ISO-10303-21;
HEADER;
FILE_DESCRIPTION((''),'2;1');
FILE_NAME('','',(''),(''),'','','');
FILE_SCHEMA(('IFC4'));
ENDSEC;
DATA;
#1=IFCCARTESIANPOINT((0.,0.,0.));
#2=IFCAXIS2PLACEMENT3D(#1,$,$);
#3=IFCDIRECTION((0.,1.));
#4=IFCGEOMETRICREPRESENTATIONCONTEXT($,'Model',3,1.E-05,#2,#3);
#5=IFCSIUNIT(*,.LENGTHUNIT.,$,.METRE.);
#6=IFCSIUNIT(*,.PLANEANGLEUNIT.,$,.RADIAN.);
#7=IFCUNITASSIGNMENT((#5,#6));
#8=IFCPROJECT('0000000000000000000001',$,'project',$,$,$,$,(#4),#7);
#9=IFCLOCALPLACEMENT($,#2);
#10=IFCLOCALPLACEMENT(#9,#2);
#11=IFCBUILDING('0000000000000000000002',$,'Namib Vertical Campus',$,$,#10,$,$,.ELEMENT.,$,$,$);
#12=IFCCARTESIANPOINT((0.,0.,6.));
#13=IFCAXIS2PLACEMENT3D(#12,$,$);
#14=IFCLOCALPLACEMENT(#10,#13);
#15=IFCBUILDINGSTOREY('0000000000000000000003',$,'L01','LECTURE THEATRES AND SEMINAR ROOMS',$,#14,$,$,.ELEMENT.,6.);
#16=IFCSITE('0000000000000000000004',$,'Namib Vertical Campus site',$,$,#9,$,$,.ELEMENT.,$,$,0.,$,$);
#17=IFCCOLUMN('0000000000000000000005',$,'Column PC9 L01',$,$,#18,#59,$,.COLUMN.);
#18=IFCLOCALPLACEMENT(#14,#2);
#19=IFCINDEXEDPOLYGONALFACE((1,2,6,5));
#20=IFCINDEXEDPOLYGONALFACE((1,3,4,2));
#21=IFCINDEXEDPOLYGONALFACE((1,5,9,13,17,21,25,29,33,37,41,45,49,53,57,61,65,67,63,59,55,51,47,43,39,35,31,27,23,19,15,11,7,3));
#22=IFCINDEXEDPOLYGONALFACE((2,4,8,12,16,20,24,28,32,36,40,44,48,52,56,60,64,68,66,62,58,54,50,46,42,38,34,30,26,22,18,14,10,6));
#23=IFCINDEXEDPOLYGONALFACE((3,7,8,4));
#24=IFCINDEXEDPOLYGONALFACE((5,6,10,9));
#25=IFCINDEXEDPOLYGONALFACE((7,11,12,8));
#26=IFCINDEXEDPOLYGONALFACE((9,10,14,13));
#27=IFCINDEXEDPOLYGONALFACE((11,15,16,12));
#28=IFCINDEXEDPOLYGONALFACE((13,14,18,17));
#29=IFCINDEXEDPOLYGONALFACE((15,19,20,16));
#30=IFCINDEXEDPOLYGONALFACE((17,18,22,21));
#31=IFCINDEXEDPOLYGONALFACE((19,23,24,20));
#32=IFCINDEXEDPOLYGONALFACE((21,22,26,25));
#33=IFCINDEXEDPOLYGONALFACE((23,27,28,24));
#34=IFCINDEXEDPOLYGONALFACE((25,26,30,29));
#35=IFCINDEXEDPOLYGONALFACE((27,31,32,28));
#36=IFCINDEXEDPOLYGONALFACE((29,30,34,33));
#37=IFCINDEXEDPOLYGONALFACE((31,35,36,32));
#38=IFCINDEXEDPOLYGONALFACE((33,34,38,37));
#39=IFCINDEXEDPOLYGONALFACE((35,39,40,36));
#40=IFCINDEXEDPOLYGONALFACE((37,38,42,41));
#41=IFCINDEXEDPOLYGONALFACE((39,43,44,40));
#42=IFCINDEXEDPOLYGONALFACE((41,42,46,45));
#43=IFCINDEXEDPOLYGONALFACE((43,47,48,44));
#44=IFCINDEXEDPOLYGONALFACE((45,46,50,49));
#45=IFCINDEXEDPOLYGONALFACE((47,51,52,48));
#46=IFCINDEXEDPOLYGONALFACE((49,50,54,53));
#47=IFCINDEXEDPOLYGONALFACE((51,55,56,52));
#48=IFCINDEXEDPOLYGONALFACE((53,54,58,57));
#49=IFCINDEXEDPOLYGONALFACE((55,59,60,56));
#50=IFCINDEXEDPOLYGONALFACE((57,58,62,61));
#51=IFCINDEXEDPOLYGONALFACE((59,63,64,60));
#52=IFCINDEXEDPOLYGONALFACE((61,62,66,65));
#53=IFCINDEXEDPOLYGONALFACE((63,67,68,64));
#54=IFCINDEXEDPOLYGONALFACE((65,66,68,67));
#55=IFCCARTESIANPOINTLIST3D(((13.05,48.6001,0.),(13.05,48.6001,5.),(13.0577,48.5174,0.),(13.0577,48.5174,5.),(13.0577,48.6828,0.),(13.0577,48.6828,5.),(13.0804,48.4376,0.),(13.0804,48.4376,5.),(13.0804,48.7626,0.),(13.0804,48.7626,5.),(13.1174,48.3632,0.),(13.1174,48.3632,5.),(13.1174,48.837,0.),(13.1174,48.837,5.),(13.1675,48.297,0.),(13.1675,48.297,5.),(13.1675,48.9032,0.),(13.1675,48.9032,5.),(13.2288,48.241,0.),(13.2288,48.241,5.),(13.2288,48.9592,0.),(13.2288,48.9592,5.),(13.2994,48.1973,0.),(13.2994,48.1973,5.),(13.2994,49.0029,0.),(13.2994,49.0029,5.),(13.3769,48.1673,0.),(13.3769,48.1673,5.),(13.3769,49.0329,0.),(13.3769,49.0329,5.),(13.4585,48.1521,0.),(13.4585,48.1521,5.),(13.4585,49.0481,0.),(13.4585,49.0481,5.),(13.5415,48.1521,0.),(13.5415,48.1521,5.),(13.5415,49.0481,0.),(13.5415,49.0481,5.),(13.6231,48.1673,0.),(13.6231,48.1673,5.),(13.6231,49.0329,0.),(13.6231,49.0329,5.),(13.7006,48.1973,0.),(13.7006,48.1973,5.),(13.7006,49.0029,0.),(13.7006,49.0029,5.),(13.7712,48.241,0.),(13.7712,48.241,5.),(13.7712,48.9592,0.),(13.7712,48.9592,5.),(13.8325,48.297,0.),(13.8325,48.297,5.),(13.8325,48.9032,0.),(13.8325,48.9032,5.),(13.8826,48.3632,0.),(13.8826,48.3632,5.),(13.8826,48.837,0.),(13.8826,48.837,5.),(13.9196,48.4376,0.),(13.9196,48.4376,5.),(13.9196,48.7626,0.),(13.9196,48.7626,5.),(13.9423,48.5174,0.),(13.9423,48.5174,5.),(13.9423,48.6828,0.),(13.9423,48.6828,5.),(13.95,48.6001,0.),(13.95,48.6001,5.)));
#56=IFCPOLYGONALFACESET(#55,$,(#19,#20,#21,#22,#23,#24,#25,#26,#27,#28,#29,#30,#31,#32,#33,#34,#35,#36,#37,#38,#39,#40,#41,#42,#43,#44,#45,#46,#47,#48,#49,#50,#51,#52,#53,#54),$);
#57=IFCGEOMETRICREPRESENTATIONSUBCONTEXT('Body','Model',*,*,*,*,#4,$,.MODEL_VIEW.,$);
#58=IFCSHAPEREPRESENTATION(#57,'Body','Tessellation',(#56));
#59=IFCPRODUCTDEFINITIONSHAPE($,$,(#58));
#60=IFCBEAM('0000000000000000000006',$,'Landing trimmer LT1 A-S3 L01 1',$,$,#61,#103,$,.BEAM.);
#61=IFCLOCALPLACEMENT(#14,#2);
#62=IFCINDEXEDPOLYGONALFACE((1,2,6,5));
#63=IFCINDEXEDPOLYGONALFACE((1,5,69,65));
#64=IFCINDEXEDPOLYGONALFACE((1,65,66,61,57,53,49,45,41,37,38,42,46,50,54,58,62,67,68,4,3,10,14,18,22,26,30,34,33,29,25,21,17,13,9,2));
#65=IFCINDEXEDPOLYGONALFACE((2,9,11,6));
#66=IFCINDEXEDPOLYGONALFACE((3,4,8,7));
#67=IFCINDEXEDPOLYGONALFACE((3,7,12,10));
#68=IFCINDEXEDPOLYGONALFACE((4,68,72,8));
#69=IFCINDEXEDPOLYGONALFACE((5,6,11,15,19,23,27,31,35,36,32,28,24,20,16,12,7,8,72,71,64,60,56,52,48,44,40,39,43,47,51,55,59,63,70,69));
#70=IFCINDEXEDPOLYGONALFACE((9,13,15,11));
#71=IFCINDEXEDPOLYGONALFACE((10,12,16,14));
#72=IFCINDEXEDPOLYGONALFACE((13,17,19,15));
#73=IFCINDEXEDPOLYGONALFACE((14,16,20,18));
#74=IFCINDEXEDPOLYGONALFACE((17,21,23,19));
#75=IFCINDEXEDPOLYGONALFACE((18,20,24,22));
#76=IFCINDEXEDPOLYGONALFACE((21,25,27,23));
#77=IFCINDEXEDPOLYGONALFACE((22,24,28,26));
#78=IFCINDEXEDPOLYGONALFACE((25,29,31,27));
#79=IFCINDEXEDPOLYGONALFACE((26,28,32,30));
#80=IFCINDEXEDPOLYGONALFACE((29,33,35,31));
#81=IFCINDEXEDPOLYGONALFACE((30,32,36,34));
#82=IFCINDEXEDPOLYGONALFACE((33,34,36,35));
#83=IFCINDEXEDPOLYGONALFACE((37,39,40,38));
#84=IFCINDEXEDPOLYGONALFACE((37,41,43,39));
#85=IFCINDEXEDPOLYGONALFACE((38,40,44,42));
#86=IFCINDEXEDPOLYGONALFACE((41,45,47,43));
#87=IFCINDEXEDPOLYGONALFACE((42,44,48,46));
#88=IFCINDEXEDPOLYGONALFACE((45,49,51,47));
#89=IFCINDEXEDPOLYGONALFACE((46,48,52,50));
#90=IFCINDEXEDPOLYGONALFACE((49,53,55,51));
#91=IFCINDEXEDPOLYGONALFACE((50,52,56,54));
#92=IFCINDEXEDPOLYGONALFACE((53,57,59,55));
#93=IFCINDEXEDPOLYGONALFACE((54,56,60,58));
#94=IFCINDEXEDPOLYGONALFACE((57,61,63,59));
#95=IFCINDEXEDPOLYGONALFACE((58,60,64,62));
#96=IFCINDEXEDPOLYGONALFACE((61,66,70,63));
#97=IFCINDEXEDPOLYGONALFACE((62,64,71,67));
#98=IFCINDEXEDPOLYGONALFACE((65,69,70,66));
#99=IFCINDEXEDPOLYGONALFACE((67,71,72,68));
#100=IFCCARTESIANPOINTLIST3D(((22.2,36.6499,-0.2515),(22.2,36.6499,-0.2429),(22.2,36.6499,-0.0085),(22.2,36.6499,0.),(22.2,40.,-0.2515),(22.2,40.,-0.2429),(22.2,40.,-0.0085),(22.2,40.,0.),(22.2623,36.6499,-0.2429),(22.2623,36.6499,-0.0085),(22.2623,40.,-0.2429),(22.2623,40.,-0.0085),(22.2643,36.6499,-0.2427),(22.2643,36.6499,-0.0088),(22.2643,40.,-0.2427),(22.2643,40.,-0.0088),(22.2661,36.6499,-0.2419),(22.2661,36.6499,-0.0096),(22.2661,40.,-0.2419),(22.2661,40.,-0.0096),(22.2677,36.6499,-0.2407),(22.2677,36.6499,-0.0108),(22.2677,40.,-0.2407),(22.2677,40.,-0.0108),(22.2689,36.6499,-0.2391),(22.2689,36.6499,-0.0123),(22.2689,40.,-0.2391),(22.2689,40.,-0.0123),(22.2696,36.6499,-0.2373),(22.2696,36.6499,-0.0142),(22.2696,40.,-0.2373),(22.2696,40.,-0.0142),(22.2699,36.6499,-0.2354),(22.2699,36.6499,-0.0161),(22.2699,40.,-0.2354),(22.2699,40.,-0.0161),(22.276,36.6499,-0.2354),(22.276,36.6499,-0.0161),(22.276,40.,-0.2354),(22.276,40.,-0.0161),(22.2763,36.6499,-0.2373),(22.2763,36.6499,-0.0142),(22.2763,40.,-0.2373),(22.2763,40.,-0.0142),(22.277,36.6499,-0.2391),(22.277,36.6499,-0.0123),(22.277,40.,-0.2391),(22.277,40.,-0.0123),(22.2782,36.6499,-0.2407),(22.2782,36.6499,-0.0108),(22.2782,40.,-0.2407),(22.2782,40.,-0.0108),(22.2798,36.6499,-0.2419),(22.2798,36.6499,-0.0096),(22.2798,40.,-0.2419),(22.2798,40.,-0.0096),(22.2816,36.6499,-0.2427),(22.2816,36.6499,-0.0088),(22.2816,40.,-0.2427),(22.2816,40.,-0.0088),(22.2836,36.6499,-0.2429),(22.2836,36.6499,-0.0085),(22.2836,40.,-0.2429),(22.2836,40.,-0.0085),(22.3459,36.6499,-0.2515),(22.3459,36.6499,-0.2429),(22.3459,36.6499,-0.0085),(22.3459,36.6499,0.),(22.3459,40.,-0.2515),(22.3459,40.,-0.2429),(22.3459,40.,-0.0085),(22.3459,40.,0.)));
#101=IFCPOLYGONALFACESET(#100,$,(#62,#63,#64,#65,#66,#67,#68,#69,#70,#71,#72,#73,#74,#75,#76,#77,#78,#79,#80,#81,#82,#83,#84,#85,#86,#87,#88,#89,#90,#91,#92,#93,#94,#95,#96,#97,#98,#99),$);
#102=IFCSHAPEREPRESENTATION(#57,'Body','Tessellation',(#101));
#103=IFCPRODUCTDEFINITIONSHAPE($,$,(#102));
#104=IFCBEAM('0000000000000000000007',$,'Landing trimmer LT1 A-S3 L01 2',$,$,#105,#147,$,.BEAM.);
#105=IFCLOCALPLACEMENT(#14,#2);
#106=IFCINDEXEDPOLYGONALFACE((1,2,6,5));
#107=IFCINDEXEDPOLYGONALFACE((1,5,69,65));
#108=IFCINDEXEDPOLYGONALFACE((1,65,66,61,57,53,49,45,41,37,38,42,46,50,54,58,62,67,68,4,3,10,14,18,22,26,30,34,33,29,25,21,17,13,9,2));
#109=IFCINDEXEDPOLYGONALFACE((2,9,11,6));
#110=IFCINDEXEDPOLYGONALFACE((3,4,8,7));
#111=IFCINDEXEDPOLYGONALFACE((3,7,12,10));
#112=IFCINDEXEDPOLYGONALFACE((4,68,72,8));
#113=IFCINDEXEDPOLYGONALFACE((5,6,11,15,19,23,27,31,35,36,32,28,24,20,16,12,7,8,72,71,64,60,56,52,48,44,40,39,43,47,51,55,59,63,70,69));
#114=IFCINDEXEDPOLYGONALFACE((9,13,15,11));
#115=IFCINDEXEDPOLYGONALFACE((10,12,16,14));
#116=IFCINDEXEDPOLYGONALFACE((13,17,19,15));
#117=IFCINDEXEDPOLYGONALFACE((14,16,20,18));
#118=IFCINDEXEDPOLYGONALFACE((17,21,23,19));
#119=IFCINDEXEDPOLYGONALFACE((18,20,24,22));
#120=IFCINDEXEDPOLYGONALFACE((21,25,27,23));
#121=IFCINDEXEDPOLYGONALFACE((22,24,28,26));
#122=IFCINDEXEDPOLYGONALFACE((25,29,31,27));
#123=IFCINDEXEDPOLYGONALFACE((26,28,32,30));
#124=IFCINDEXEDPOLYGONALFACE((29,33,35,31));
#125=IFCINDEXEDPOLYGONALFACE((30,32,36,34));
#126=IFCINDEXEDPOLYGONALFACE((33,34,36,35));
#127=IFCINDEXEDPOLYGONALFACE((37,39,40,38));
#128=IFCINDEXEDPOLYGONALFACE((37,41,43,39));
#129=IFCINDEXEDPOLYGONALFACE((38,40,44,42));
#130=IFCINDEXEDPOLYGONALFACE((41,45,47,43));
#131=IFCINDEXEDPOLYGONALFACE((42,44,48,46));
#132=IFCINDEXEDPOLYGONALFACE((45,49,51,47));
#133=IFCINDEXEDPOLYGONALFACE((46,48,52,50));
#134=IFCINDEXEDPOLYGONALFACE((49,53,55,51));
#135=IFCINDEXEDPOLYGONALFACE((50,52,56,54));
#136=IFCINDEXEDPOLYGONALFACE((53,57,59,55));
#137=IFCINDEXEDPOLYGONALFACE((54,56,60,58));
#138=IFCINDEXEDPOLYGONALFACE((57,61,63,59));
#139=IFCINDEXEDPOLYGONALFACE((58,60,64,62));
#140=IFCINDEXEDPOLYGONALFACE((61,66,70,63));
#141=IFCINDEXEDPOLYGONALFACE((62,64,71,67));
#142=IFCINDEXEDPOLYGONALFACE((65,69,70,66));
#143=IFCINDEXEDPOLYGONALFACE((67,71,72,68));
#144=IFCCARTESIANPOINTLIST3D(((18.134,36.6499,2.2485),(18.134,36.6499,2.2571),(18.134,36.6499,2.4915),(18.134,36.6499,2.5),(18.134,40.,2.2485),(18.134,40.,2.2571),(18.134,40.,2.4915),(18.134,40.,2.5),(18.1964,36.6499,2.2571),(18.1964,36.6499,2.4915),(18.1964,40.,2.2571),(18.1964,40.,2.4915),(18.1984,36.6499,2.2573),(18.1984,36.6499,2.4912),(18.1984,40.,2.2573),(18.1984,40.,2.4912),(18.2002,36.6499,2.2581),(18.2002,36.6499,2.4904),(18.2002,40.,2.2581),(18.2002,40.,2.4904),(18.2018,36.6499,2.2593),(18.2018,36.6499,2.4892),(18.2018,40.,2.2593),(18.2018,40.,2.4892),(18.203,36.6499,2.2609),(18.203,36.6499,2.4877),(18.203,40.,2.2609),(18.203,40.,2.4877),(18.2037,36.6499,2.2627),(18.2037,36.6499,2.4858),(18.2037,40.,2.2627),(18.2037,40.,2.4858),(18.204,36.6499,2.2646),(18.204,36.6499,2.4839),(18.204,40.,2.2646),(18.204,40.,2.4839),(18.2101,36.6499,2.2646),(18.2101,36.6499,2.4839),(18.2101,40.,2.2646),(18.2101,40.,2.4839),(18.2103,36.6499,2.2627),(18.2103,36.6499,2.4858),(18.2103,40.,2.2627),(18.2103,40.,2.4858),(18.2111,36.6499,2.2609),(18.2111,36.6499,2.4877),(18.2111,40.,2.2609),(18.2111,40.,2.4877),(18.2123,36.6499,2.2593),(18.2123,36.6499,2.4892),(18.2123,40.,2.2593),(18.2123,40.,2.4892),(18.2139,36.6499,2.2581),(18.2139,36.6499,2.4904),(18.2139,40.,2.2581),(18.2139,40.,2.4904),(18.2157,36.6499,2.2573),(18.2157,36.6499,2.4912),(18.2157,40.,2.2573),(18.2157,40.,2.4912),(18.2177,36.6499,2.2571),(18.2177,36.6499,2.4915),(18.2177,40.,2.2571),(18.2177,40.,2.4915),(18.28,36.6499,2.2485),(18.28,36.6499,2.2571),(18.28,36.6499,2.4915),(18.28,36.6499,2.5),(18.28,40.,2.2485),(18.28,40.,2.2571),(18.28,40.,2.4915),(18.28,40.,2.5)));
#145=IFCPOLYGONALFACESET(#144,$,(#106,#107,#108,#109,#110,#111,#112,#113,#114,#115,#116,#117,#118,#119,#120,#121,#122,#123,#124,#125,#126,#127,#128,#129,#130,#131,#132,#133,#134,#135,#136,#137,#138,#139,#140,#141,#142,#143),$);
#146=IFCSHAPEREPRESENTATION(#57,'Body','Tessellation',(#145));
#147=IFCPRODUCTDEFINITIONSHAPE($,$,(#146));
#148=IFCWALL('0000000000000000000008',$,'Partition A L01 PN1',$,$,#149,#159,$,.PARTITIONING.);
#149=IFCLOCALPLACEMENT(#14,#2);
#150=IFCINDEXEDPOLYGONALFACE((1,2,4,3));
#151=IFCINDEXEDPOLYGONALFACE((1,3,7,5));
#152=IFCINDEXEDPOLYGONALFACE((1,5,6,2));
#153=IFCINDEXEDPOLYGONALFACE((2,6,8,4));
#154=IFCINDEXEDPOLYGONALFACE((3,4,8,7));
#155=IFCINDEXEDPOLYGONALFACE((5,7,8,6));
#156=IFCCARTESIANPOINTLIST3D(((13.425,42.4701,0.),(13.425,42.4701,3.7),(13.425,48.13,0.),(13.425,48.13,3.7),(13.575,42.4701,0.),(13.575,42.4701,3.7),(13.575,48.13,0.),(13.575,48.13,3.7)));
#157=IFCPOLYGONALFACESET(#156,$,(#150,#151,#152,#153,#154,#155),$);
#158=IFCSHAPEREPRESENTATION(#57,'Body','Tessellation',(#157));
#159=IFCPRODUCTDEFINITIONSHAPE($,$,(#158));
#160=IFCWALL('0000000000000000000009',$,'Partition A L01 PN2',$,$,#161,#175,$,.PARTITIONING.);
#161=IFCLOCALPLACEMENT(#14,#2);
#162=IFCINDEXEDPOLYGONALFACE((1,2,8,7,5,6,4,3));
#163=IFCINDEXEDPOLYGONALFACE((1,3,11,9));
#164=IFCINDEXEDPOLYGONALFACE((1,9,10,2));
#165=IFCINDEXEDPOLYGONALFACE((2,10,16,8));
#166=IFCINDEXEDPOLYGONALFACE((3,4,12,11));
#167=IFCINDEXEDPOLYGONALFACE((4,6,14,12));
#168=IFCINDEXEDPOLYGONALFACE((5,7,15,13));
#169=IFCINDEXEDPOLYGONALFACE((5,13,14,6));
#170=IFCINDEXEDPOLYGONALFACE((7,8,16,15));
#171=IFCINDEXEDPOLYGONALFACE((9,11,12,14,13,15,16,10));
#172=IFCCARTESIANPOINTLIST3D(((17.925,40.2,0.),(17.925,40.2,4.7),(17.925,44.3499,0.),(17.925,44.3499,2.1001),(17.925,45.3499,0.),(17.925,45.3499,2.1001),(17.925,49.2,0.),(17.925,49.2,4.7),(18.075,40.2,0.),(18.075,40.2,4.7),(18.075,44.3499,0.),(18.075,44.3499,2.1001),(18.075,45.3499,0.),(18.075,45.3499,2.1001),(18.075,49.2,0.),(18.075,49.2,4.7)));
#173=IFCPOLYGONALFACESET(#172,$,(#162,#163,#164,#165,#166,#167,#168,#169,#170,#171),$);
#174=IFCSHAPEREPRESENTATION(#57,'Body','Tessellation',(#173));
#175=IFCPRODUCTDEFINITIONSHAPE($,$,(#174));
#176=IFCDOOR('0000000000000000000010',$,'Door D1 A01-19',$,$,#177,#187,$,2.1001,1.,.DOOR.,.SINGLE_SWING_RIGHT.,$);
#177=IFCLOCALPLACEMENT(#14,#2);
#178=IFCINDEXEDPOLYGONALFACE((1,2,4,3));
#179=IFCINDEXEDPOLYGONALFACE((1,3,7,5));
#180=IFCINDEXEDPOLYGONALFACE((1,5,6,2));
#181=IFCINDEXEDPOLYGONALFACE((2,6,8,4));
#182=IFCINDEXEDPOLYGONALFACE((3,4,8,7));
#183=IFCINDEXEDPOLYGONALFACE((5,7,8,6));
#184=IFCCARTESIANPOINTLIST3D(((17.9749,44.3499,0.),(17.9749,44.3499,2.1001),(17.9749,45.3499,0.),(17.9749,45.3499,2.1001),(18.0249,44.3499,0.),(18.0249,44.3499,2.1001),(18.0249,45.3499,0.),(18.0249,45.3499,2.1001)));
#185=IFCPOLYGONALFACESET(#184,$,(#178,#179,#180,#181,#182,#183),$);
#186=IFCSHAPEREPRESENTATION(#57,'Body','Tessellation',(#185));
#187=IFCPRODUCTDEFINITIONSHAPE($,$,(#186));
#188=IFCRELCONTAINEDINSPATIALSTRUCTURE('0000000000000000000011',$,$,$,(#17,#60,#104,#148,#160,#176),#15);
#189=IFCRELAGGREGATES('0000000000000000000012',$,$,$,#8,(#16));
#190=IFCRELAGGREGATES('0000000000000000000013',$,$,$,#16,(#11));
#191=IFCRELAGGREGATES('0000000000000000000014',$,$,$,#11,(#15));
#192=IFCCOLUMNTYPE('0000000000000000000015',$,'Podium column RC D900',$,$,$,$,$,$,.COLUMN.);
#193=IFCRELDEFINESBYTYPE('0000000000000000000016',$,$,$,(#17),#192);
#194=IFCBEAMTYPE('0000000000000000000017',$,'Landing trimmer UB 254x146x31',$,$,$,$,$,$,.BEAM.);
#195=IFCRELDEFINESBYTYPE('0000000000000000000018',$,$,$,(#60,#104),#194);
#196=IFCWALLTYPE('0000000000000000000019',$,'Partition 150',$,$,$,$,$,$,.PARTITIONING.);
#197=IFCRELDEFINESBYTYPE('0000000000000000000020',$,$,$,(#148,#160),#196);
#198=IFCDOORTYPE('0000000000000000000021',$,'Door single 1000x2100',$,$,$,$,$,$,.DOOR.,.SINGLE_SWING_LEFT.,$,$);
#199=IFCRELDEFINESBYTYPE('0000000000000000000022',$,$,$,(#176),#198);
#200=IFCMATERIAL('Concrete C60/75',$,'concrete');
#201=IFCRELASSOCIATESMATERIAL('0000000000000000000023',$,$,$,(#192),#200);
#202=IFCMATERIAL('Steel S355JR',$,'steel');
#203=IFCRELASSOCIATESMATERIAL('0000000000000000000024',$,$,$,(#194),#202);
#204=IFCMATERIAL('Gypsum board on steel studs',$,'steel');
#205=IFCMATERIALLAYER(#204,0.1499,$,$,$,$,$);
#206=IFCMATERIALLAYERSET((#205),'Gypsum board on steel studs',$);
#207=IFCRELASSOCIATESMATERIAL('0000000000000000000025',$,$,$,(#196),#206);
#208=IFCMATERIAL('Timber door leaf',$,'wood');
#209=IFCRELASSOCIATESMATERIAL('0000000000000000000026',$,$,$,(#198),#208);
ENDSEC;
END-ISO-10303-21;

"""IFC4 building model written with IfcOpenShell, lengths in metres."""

from ifc_helpers import new_model, si_unit, direction, frame, frame_2d, origin, origin_2d, place, context, subcontext, project, spatial, rectangle, circle, i_section, extrude, material, layer, layer_set, material_profile, profile_set, type_object, element, fill, save


model = new_model("IFC4")

# Units and contexts
model_context = context("Model", 3, precision=1e-05, world=origin(), true_north=direction((0.0, 1.0)))
body_context = subcontext(model_context, "Body", "Model", "MODEL_VIEW")
ifc_project = project(units=[si_unit("LENGTHUNIT", "METRE"), si_unit("PLANEANGLEUNIT", "RADIAN")], contexts=[model_context])

# Site, building, storey
site_placement = place(None, origin())
site = spatial("IfcSite", under=ifc_project, at=site_placement, Name="Namib Vertical Campus site", CompositionType="ELEMENT", RefElevation=0.0)
building_placement = place(site_placement, origin())
building = spatial("IfcBuilding", under=site, at=building_placement, Name="Namib Vertical Campus", CompositionType="ELEMENT")
storey_placement = place(building_placement, frame((0.0, 0.0, 6.0)))
storey = spatial("IfcBuildingStorey", under=building, at=storey_placement, Name="L01", Description="LECTURE THEATRES AND SEMINAR ROOMS", CompositionType="ELEMENT", Elevation=6.0)

# Column
ifc_material_1 = material(Name="Concrete C60/75", Category="concrete")
ifc_material_profile_1 = material_profile(ifc_material_1, circle(Radius=0.45, at=origin_2d()))
ifc_profile_set_1 = profile_set([ifc_material_profile_1], Name="Concrete C60/75")
column_type = type_object("IfcColumnType", Name="Podium column RC D900", PredefinedType="COLUMN", material=ifc_profile_set_1)
column_placement = place(storey_placement, frame((13.5, 48.6001, 0.0), z_axis=(0.0, 0.0, 1.0), x_axis=(1.0, 0.0, 0.0)))
element("IfcColumn", 1, at=column_placement, inside=storey, type_object=column_type, Name="Column PC9 L01", PredefinedType="COLUMN", context=body_context, shape_type="SweptSolid", body=[
    extrude(circle(Radius=0.45, at=origin_2d()), origin(), (0.0, 0.0, 1.0), 5.0),
])

# Beams
ifc_material_2 = material(Name="Steel S355JR", Category="steel")
ifc_material_profile_2 = material_profile(ifc_material_2, i_section(OverallWidth=0.146, OverallDepth=0.2515, WebThickness=0.0061, FlangeThickness=0.0085, FilletRadius=0.0076, at=origin_2d()))
ifc_profile_set_2 = profile_set([ifc_material_profile_2], Name="Steel S355JR")
beam_type = type_object("IfcBeamType", Name="Landing trimmer UB 254x146x31", PredefinedType="BEAM", material=ifc_profile_set_2)
for number, where, z_axis, x_axis, name in (
    (2, (22.2729, 36.6499, -0.1257), (0.0, 1.0, 0.0), (-1.0, 0.0, 0.0), "Landing trimmer LT1 A-S3 L01 1"),
    (3, (18.207, 36.6499, 2.3743), (0.0, 1.0, 0.0), (-1.0, 0.0, 0.0), "Landing trimmer LT1 A-S3 L01 2"),
):
    element("IfcBeam", number, at=place(storey_placement, frame(where, z_axis=z_axis, x_axis=x_axis)), inside=storey, type_object=beam_type, Name=name, PredefinedType="BEAM", context=body_context, shape_type="SweptSolid", body=[
        extrude(i_section(OverallWidth=0.146, OverallDepth=0.2515, WebThickness=0.0061, FlangeThickness=0.0085, FilletRadius=0.0076, at=origin_2d()), origin(), (0.0, 0.0, 1.0), 3.3501),
    ])

# Wall
ifc_material_3 = material(Name="Gypsum board on steel studs", Category="steel")
ifc_layer_1 = layer(ifc_material_3, 0.1499)
ifc_layer_set_1 = layer_set([ifc_layer_1], Name="Gypsum board on steel studs")
wall_type_1 = type_object("IfcWallType", Name="Partition 150", PredefinedType="PARTITIONING", material=ifc_layer_set_1)
wall_1_placement = place(storey_placement, frame((13.5, 42.47, 0.0), z_axis=(0.0, 0.0, 1.0), x_axis=(0.0, 1.0, 0.0)))
element("IfcWall", 4, at=wall_1_placement, inside=storey, type_object=wall_type_1, Name="Partition A L01 PN1", PredefinedType="PARTITIONING", context=body_context, shape_type="SweptSolid", body=[
    extrude(rectangle(XDim=5.6599, YDim=0.1499, at=frame_2d((2.8301, 0.0))), origin(), (0.0, 0.0, 1.0), 3.7),
])

# Wall, opening, door
wall_2_placement = place(storey_placement, frame((18.0, 40.2, 0.0), z_axis=(0.0, 0.0, 1.0), x_axis=(0.0, 1.0, 0.0)))
wall_2 = element("IfcWall", 5, at=wall_2_placement, inside=storey, type_object=wall_type_1, Name="Partition A L01 PN2", PredefinedType="PARTITIONING", context=body_context, shape_type="SweptSolid", body=[
    extrude(rectangle(XDim=9.0, YDim=0.1499, at=frame_2d((4.5, 0.0))), origin(), (0.0, 0.0, 1.0), 4.7),
])
opening_1_placement = place(wall_2_placement, frame((4.1499, 0.0, 0.0)))
opening_1 = element("IfcOpeningElement", 6, at=opening_1_placement, cuts=wall_2, PredefinedType="OPENING", context=body_context, shape_type="SweptSolid", body=[
    extrude(rectangle(XDim=1.0, YDim=2.1001, at=frame_2d((0.5, 1.05))), frame((0.0, 0.085, 0.0), z_axis=(0.0, -1.0, 0.0), x_axis=(1.0, 0.0, 0.0)), (0.0, 0.0, 1.0), 0.1699),
])
ifc_material_4 = material(Name="Timber door leaf", Category="wood")
door_type_1 = type_object("IfcDoorType", Name="Door single 1000x2100", OperationType="SINGLE_SWING_LEFT", PredefinedType="DOOR", material=ifc_material_4)
door_1_placement = place(opening_1_placement, frame((1.0, 0.0, 0.0), z_axis=(0.0, 0.0, 1.0), x_axis=(-1.0, 0.0, 0.0)))
door_1 = element("IfcDoor", 7, at=door_1_placement, inside=storey, type_object=door_type_1, Name="Door D1 A01-19", OperationType="SINGLE_SWING_RIGHT", OverallHeight=2.1001, OverallWidth=1.0, PredefinedType="DOOR", context=body_context, shape_type="SweptSolid", body=[
    extrude(rectangle(XDim=1.0, YDim=2.1001, at=frame_2d((0.5, 1.05))), frame((0.0, 0.0249, 0.0), z_axis=(0.0, -1.0, 0.0), x_axis=(1.0, 0.0, 0.0)), (0.0, 0.0, 1.0), 0.05),
])
fill(opening_1, door_1)

save(model, "model.ifc")
